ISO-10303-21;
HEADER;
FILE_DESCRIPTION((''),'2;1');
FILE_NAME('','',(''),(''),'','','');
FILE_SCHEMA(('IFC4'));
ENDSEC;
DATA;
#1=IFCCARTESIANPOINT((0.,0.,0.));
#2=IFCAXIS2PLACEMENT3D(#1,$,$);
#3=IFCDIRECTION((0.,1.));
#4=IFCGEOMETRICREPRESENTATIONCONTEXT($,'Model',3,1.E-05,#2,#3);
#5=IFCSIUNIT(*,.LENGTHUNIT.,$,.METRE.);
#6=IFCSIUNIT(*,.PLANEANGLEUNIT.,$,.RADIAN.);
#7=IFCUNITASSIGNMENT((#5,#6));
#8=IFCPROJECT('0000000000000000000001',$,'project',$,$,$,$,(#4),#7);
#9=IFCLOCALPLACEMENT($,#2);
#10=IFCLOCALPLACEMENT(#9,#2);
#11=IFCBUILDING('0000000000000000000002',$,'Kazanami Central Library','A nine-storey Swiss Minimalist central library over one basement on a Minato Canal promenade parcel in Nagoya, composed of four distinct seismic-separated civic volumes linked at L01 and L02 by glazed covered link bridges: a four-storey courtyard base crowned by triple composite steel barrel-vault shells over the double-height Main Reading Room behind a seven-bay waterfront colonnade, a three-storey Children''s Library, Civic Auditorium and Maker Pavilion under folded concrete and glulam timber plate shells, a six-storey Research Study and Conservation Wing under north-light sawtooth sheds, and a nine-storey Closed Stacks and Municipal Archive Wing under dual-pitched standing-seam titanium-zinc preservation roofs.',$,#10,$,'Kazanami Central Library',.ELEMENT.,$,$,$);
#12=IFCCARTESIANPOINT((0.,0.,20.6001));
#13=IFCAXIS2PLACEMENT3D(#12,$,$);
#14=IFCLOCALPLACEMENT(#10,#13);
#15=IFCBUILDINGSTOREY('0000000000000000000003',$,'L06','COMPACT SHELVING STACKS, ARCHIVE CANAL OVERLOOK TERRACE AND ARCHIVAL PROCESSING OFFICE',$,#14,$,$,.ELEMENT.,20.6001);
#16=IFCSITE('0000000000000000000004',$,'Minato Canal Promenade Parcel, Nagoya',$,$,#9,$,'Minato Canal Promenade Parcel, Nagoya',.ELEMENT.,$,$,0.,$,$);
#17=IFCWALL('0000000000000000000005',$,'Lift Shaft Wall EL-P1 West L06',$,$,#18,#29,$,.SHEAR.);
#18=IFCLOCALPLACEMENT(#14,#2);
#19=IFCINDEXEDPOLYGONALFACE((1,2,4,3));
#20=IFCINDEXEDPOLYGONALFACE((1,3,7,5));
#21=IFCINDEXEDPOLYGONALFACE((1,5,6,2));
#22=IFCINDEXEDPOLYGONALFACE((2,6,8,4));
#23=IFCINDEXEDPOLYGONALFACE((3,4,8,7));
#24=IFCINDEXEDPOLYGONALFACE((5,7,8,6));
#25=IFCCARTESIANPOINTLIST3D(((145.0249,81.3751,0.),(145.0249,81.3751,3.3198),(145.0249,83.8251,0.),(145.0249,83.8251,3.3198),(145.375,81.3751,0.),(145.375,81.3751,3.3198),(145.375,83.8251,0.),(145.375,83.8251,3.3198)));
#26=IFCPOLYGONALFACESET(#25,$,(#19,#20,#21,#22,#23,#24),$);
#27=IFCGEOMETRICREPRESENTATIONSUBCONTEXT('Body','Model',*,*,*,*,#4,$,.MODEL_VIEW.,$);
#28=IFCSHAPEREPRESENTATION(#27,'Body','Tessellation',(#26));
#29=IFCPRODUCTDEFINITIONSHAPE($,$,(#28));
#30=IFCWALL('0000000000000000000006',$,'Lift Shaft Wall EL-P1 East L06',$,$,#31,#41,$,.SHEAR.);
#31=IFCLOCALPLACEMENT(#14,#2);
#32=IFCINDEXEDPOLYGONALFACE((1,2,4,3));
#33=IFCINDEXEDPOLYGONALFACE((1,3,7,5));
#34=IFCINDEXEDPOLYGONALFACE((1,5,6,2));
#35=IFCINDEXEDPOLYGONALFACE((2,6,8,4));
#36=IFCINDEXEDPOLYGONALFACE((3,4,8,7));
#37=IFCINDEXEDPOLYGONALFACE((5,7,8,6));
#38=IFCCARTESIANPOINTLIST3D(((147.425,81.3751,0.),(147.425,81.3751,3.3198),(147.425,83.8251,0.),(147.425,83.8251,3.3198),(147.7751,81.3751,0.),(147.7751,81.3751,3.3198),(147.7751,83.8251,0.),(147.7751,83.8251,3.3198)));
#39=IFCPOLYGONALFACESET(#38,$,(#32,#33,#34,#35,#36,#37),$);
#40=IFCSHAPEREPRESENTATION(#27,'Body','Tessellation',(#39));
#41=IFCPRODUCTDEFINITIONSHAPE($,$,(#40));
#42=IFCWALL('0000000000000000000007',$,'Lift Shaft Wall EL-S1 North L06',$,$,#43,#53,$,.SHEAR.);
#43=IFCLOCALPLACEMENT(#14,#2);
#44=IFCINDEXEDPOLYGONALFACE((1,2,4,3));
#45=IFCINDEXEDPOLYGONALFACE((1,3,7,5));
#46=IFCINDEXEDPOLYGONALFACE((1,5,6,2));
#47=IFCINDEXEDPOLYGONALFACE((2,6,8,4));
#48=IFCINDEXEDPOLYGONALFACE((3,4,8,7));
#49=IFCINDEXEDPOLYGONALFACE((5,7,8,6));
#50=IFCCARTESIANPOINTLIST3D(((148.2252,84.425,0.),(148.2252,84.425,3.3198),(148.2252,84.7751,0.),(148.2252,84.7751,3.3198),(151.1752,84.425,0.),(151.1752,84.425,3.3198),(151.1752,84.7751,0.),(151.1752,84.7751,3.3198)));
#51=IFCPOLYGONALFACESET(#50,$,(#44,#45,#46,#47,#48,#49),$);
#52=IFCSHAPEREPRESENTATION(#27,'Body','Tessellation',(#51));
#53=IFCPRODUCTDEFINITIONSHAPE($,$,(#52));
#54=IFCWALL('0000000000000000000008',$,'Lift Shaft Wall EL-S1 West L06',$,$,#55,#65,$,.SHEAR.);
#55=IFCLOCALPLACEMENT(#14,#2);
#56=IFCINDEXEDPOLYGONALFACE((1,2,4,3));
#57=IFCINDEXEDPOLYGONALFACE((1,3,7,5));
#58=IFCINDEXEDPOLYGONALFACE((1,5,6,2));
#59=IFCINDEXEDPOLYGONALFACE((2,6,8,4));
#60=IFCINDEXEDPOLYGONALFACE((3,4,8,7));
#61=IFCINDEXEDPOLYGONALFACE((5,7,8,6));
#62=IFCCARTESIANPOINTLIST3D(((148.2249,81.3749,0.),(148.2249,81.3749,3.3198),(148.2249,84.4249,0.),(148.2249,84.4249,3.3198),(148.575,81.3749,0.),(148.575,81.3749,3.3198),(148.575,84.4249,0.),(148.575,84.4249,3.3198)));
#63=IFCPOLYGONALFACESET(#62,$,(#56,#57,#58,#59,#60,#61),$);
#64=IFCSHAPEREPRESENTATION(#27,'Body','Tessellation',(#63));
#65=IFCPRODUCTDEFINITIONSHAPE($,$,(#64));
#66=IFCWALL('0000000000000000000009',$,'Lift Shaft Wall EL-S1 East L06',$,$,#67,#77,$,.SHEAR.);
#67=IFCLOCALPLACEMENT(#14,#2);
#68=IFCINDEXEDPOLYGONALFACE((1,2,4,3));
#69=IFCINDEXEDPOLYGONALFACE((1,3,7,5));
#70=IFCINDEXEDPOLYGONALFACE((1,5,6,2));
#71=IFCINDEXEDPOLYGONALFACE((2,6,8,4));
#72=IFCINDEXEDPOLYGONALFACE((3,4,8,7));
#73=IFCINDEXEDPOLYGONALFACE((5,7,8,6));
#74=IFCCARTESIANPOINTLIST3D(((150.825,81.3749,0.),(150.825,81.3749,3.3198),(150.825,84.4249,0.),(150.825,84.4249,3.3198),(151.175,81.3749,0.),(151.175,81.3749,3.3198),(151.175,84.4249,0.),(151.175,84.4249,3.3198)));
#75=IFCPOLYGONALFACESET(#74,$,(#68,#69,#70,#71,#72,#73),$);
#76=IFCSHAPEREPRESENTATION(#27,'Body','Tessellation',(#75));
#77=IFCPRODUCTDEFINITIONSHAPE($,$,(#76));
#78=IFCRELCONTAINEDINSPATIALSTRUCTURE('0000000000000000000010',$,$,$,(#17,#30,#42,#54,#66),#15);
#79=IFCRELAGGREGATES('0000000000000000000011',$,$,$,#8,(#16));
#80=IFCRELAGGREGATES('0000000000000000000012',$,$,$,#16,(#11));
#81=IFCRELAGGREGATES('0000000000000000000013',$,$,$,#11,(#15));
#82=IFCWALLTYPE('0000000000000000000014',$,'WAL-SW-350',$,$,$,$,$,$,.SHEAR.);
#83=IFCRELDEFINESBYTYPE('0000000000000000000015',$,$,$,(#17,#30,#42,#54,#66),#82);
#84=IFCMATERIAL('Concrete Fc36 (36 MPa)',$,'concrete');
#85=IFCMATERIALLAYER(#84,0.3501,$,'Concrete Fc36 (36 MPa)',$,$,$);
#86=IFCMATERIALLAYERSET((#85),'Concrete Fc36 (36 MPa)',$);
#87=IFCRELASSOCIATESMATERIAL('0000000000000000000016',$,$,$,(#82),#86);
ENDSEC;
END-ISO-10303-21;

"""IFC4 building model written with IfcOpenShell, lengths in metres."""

from ifc_helpers import new_model, si_unit, direction, frame, frame_2d, origin, place, context, subcontext, project, spatial, rectangle, extrude, material, layer, layer_set, type_object, element, save


model = new_model("IFC4")

# Units and contexts
model_context = context("Model", 3, precision=1e-05, world=origin(), true_north=direction((0.0, 1.0)))
body_context = subcontext(model_context, "Body", "Model", "MODEL_VIEW")
ifc_project = project(units=[si_unit("LENGTHUNIT", "METRE"), si_unit("PLANEANGLEUNIT", "RADIAN")], contexts=[model_context])

# Site, building, storey
site_placement = place(None, origin())
site = spatial("IfcSite", under=ifc_project, at=site_placement, Name="Minato Canal Promenade Parcel, Nagoya", LongName="Minato Canal Promenade Parcel, Nagoya", CompositionType="ELEMENT", RefElevation=0.0)
building_placement = place(site_placement, origin())
building = spatial("IfcBuilding", under=site, at=building_placement, Name="Kazanami Central Library", Description="A nine-storey Swiss Minimalist central library over one basement on a Minato Canal promenade parcel in Nagoya, composed of four distinct seismic-separated civic volumes linked at L01 and L02 by glazed covered link bridges: a four-storey courtyard base crowned by triple composite steel barrel-vault shells over the double-height Main Reading Room behind a seven-bay waterfront colonnade, a three-storey Children's Library, Civic Auditorium and Maker Pavilion under folded concrete and glulam timber plate shells, a six-storey Research Study and Conservation Wing under north-light sawtooth sheds, and a nine-storey Closed Stacks and Municipal Archive Wing under dual-pitched standing-seam titanium-zinc preservation roofs.", LongName="Kazanami Central Library", CompositionType="ELEMENT")
storey_placement = place(building_placement, frame((0.0, 0.0, 20.6001)))
storey = spatial("IfcBuildingStorey", under=building, at=storey_placement, Name="L06", Description="COMPACT SHELVING STACKS, ARCHIVE CANAL OVERLOOK TERRACE AND ARCHIVAL PROCESSING OFFICE", CompositionType="ELEMENT", Elevation=20.6001)

# Shared definitions
ifc_material_1 = material(Name="Concrete Fc36 (36 MPa)", Category="concrete")

# Shared definitions
ifc_layer_1 = layer(ifc_material_1, 0.3501, Name="Concrete Fc36 (36 MPa)")
ifc_layer_set_1 = layer_set([ifc_layer_1], Name="Concrete Fc36 (36 MPa)")
wall_type_1 = type_object("IfcWallType", Name="WAL-SW-350", PredefinedType="SHEAR", material=ifc_layer_set_1)

# Walls
for number, where, z_axis, x_axis, name in (
    (1, (145.2, 81.375, 0.0), (0.0, 0.0, 1.0), (0.0, 1.0, 0.0), "Lift Shaft Wall EL-P1 West L06"),
    (2, (147.6001, 81.375, 0.0), (0.0, 0.0, 1.0), (0.0, 1.0, 0.0), "Lift Shaft Wall EL-P1 East L06"),
):
    element("IfcWall", number, at=place(storey_placement, frame(where, z_axis=z_axis, x_axis=x_axis)), inside=storey, type_object=wall_type_1, Name=name, PredefinedType="SHEAR", context=body_context, shape_type="SweptSolid", body=[
        extrude(rectangle(XDim=2.45, YDim=0.3501, at=frame_2d((1.2251, 0.0))), origin(), (0.0, 0.0, 1.0), 3.3198),
    ])

# Walls
wall_1_placement = place(storey_placement, frame((148.2251, 84.6001, 0.0), z_axis=(0.0, 0.0, 1.0), x_axis=(1.0, 0.0, 0.0)))
element("IfcWall", 3, at=wall_1_placement, inside=storey, type_object=wall_type_1, Name="Lift Shaft Wall EL-S1 North L06", PredefinedType="SHEAR", context=body_context, shape_type="SweptSolid", body=[
    extrude(rectangle(XDim=2.95, YDim=0.3501, at=frame_2d((1.4751, 0.0))), origin(), (0.0, 0.0, 1.0), 3.3198),
])
for number, where, z_axis, x_axis, name in (
    (4, (148.3999, 81.375, 0.0), (0.0, 0.0, 1.0), (0.0, 1.0, 0.0), "Lift Shaft Wall EL-S1 West L06"),
    (5, (151.0, 81.375, 0.0), (0.0, 0.0, 1.0), (0.0, 1.0, 0.0), "Lift Shaft Wall EL-S1 East L06"),
):
    element("IfcWall", number, at=place(storey_placement, frame(where, z_axis=z_axis, x_axis=x_axis)), inside=storey, type_object=wall_type_1, Name=name, PredefinedType="SHEAR", context=body_context, shape_type="SweptSolid", body=[
        extrude(rectangle(XDim=3.05, YDim=0.3501, at=frame_2d((1.5249, 0.0))), origin(), (0.0, 0.0, 1.0), 3.3198),
    ])

save(model, "model.ifc")
